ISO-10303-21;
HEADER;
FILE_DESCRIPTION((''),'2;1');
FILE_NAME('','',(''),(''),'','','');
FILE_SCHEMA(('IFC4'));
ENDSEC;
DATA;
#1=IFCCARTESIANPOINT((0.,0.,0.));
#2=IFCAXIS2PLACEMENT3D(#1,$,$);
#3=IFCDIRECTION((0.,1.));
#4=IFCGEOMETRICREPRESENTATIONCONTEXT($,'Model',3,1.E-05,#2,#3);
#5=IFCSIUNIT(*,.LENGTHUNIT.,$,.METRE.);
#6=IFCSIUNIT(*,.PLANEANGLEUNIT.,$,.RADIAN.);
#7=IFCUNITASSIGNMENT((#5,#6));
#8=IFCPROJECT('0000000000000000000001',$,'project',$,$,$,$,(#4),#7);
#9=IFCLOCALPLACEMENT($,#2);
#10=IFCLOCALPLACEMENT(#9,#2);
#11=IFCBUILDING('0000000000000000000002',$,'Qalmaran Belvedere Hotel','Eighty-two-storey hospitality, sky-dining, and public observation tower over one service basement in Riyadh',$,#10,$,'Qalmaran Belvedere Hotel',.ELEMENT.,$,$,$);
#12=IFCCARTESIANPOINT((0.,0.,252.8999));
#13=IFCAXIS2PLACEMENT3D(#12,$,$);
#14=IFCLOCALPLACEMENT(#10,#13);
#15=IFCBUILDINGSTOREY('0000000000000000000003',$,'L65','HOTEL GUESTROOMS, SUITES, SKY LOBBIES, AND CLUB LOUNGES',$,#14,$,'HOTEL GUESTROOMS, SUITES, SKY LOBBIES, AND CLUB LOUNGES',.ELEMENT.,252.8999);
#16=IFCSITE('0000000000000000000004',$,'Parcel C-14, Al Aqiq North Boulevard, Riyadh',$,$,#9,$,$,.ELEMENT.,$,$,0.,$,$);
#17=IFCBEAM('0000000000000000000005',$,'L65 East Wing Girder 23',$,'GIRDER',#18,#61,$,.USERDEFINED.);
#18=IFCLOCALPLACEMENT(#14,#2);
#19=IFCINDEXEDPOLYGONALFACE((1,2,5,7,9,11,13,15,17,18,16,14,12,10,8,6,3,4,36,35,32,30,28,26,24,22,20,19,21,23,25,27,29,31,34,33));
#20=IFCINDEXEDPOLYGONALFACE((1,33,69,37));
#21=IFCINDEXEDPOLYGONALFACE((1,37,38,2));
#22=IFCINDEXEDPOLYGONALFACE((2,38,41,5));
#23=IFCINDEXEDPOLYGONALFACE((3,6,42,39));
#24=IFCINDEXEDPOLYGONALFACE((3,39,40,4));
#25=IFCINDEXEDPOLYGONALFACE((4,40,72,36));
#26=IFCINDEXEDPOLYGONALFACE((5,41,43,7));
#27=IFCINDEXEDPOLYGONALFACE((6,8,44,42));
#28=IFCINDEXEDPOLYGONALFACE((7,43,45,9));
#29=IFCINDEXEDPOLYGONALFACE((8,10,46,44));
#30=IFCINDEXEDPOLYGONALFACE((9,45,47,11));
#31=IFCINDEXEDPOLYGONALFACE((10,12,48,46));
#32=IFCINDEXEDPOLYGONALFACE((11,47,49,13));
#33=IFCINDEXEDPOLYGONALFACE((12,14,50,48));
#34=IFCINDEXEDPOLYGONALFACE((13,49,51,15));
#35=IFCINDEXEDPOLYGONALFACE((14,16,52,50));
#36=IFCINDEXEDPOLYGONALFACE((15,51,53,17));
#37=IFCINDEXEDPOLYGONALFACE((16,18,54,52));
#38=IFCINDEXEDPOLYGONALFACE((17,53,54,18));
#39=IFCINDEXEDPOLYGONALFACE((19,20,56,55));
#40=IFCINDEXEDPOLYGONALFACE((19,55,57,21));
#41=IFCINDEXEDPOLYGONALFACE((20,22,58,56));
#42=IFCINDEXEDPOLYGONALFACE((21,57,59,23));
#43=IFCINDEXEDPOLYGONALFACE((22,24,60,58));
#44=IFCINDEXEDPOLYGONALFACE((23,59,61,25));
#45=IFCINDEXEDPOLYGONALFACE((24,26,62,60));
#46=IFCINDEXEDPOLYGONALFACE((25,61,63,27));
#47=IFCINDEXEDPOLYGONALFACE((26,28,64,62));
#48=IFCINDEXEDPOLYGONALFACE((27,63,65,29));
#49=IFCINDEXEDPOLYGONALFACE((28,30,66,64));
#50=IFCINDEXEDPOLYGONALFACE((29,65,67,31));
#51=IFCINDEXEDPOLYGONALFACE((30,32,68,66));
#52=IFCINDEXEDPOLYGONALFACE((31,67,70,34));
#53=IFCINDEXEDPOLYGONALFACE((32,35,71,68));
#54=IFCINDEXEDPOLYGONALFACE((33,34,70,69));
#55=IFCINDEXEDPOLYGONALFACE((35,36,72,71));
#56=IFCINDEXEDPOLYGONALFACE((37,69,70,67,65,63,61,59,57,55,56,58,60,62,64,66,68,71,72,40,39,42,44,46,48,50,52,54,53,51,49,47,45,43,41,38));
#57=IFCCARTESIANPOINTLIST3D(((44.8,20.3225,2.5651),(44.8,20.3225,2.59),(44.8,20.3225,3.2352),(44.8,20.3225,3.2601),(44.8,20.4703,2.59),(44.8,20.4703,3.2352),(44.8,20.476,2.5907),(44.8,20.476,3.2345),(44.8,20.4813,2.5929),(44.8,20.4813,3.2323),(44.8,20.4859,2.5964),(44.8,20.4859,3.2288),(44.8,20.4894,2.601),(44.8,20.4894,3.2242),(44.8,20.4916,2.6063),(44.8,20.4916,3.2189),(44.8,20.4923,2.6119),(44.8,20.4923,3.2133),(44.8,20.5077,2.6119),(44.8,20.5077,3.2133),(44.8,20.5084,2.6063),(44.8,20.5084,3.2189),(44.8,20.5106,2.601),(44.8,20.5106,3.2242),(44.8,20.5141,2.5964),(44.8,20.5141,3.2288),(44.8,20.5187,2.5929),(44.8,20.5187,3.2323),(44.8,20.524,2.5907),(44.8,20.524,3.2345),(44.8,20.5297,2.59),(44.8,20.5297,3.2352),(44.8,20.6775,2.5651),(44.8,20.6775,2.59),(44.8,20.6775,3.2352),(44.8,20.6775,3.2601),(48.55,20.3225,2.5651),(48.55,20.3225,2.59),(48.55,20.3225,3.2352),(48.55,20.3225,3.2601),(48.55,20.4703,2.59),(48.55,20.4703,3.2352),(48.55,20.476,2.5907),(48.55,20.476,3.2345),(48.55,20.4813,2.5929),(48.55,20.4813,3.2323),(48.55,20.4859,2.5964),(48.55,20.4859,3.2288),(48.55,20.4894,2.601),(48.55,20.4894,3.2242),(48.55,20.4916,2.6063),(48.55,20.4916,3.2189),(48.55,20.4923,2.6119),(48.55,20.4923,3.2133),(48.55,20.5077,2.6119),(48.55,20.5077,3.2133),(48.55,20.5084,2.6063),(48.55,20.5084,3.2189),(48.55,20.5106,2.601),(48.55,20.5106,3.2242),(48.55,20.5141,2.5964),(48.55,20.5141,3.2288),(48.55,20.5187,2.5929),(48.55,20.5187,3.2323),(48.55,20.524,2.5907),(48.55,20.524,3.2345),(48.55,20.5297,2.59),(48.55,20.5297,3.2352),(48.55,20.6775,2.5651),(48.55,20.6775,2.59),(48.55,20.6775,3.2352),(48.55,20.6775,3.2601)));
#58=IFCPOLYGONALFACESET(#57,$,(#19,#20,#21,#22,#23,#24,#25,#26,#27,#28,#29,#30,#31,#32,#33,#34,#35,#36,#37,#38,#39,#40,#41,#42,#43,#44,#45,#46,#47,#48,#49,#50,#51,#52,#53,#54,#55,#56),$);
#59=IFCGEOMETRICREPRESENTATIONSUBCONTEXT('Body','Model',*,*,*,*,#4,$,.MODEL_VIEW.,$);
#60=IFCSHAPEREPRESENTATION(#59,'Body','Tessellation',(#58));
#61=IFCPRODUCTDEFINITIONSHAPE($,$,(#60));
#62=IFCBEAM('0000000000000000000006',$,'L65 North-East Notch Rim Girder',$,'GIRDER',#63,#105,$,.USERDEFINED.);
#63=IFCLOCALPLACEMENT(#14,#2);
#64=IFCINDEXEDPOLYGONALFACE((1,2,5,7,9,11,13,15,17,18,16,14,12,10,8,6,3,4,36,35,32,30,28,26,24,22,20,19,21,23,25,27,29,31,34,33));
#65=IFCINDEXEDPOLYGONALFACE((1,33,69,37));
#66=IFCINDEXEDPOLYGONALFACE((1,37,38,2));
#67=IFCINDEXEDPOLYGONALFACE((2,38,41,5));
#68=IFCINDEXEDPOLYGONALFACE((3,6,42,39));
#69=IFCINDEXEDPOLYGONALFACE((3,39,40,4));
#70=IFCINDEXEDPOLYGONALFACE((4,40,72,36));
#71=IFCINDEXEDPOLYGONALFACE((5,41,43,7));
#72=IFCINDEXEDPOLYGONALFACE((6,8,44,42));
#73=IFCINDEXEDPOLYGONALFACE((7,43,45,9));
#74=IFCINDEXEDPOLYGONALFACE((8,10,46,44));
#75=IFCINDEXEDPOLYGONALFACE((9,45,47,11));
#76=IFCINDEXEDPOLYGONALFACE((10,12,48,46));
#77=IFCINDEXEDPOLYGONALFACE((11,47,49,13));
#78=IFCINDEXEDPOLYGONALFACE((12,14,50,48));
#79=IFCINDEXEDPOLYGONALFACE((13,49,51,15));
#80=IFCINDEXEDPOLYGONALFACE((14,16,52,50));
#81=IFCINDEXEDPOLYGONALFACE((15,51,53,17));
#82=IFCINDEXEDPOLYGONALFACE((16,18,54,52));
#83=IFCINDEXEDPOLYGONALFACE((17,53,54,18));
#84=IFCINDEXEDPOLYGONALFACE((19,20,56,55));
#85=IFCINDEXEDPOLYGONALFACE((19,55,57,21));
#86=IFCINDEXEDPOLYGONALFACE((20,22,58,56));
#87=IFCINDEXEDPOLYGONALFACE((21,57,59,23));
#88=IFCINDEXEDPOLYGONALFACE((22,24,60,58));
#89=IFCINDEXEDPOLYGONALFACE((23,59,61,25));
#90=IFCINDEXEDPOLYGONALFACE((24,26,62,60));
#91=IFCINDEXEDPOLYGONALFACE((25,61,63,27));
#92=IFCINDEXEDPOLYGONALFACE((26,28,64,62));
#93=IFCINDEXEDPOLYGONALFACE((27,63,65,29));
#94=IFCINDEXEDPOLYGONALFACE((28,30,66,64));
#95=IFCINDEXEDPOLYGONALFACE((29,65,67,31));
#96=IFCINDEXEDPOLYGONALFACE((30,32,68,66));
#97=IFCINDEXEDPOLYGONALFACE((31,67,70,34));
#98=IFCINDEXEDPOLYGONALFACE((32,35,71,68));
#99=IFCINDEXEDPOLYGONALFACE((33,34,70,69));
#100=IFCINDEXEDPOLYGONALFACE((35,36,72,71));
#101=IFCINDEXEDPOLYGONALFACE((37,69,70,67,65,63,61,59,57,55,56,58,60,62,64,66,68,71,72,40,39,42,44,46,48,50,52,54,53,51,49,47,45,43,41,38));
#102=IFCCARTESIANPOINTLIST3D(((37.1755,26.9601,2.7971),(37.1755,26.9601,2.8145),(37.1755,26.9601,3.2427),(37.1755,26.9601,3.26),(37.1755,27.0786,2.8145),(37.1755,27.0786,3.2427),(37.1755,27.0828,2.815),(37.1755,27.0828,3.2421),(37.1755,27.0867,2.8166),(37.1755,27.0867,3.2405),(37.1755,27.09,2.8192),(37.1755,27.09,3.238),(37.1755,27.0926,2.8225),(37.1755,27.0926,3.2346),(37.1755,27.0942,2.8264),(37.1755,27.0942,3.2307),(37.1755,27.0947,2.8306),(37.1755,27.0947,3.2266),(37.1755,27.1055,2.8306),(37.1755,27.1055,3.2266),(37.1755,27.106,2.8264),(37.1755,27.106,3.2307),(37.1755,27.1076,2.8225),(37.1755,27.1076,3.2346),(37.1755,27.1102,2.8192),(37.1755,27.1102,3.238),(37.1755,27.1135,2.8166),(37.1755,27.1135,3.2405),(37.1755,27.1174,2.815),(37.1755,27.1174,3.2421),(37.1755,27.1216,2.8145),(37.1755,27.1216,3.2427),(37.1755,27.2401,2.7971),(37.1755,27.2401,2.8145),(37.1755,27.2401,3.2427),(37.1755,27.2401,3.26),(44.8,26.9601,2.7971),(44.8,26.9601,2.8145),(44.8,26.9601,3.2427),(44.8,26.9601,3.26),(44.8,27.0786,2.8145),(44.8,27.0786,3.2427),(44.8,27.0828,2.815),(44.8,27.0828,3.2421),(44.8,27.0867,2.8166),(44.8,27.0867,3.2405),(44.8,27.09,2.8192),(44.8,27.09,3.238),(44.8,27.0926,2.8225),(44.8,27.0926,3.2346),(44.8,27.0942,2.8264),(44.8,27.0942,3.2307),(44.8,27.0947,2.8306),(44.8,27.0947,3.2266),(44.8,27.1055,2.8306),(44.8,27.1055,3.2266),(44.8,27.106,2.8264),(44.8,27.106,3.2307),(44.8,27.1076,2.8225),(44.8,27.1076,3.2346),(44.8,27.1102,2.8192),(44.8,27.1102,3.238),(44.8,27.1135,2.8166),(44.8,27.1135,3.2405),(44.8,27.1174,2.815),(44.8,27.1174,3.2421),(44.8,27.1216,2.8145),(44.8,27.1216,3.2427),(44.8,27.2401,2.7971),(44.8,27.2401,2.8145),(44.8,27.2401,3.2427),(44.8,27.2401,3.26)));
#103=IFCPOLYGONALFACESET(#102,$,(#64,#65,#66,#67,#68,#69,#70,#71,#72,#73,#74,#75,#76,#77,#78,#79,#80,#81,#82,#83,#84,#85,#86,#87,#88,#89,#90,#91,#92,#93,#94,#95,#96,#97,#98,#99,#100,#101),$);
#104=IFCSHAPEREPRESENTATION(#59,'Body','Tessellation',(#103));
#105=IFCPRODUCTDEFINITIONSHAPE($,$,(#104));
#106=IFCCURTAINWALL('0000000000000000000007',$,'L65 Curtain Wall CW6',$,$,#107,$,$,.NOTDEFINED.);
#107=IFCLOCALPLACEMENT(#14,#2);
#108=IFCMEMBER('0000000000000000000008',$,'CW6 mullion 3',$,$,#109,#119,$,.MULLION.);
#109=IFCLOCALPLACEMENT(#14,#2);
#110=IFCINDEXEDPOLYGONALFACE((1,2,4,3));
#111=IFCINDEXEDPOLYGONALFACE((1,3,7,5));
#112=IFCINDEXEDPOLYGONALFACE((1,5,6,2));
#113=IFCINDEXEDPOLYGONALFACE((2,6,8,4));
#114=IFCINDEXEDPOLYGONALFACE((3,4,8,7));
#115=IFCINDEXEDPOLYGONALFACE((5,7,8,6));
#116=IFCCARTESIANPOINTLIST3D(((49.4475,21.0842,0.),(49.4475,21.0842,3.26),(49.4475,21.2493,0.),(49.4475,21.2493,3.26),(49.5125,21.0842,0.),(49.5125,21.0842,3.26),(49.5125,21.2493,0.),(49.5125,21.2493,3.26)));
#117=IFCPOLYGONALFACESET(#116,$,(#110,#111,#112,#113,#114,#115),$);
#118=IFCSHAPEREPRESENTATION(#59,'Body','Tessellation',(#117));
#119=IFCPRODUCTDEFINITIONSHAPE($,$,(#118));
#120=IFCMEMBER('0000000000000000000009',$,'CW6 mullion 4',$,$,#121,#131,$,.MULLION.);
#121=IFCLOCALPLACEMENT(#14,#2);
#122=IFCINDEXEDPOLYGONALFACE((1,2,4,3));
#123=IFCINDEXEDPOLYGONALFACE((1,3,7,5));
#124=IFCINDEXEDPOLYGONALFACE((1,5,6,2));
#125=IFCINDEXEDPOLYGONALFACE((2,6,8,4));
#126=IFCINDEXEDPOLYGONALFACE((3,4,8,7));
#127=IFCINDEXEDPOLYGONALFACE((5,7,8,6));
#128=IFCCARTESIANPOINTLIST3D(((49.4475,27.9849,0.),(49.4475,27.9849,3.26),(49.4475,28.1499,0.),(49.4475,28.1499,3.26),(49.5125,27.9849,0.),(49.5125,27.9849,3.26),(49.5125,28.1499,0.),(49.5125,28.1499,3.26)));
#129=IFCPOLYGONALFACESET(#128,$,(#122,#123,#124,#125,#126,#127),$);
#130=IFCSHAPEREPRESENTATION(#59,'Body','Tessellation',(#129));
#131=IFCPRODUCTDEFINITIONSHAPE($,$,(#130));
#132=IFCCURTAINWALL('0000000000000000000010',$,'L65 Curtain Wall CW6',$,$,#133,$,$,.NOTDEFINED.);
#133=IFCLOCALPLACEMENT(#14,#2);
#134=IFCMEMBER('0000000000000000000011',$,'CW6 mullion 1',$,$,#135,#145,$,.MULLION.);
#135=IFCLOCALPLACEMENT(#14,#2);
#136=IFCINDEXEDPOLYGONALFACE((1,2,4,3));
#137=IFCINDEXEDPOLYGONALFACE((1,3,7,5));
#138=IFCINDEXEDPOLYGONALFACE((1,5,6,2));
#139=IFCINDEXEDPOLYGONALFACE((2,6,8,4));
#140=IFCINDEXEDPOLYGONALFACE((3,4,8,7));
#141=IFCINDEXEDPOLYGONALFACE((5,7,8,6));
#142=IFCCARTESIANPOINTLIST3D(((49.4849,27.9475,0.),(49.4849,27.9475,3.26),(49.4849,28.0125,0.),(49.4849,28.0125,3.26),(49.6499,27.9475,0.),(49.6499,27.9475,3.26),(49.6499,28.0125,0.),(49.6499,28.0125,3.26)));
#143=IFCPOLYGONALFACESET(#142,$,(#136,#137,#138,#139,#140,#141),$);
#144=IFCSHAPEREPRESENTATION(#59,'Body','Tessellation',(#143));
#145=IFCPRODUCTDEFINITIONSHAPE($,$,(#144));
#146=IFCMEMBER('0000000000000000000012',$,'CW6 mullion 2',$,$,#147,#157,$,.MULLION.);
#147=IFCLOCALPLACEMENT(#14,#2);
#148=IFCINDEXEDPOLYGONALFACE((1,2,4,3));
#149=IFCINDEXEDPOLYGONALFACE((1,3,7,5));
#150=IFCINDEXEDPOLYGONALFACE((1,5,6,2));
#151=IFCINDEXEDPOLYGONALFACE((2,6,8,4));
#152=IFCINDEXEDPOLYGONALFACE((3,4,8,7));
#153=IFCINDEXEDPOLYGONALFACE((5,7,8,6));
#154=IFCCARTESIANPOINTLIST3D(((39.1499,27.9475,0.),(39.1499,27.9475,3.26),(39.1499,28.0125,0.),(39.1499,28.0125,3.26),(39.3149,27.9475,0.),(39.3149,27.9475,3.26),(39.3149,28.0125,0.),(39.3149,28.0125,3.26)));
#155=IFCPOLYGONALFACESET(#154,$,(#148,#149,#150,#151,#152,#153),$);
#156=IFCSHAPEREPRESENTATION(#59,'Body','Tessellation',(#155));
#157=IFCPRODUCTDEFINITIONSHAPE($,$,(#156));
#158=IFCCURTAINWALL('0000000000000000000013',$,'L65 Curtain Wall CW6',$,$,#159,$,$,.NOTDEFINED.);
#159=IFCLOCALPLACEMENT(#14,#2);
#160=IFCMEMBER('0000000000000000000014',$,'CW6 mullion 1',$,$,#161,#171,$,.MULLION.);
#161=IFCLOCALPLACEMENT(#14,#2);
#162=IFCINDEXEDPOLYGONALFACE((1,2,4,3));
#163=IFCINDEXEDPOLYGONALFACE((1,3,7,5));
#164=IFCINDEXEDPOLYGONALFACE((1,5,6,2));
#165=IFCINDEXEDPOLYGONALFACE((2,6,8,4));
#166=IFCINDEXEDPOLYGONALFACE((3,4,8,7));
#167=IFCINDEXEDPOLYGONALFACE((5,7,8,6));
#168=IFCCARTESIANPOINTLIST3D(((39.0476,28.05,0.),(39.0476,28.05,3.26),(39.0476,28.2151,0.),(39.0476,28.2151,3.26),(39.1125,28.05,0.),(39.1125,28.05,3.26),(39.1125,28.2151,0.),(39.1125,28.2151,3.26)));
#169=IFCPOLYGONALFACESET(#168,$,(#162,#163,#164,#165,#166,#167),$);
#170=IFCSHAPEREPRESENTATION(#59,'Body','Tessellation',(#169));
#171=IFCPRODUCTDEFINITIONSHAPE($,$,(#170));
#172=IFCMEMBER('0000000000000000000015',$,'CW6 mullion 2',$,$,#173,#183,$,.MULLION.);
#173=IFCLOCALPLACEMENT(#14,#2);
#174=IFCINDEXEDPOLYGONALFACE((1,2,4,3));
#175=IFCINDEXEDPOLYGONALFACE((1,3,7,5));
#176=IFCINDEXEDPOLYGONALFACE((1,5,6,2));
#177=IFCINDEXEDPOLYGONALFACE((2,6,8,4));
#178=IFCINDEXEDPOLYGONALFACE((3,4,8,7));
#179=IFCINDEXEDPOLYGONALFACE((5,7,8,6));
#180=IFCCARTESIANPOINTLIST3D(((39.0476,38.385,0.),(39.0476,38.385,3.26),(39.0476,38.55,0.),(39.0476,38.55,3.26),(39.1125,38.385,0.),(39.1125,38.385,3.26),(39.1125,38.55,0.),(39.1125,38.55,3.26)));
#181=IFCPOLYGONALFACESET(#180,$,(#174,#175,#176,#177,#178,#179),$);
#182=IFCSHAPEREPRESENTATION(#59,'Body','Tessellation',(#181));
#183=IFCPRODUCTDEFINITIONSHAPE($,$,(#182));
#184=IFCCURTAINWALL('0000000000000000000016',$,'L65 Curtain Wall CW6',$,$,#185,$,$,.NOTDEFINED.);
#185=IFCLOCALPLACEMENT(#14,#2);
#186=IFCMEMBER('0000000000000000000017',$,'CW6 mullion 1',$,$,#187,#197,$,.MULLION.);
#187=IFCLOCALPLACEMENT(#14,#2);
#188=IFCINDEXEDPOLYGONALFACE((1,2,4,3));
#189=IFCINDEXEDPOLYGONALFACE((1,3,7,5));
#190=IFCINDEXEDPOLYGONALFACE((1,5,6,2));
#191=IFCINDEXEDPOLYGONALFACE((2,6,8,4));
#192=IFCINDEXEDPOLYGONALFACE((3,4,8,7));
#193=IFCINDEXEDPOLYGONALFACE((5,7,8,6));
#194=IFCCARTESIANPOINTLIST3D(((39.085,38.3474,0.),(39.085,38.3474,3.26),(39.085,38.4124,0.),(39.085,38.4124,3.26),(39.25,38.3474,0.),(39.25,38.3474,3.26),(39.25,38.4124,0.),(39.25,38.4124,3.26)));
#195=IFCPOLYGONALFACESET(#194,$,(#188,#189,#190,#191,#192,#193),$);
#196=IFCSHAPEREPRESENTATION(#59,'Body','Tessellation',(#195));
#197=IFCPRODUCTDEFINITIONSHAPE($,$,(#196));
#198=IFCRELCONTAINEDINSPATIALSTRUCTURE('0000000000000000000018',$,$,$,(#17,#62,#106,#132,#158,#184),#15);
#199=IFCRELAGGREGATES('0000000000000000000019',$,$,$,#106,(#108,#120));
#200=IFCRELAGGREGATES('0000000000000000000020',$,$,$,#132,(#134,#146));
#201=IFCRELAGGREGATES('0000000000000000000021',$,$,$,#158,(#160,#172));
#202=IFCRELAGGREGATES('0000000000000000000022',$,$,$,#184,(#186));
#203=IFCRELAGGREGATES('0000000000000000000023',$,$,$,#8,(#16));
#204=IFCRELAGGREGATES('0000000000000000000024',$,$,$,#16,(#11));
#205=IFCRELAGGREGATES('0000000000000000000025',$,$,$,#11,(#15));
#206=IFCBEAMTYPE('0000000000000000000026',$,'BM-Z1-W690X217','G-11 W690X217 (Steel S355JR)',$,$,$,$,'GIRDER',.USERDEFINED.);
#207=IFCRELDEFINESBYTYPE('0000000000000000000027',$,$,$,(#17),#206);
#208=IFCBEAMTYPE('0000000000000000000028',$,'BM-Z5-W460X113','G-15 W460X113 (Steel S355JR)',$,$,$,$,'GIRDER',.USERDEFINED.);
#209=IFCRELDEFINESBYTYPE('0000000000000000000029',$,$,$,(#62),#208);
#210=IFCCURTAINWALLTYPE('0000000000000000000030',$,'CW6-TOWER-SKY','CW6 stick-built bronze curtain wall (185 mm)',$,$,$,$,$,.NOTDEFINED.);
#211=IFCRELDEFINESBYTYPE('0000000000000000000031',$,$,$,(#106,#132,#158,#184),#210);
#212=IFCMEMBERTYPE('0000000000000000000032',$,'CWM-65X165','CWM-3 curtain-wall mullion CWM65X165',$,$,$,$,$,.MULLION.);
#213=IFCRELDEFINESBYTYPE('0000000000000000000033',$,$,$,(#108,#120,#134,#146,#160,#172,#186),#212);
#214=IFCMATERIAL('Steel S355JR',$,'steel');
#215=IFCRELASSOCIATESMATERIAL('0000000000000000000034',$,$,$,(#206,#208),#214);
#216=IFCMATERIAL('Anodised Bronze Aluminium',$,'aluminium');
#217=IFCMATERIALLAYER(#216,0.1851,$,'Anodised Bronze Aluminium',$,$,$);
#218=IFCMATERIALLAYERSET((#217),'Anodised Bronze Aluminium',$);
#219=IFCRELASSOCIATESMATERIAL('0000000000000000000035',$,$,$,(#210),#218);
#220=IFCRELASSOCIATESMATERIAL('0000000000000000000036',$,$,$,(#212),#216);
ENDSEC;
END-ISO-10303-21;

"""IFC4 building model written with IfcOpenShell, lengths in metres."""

from ifc_helpers import new_model, si_unit, direction, frame, origin, origin_2d, place, context, subcontext, project, spatial, rectangle, i_section, extrude, material, layer, layer_set, material_profile, profile_set, type_object, element, aggregate, save


model = new_model("IFC4")

# Units and contexts
model_context = context("Model", 3, precision=1e-05, world=origin(), true_north=direction((0.0, 1.0)))
body_context = subcontext(model_context, "Body", "Model", "MODEL_VIEW")
ifc_project = project(units=[si_unit("LENGTHUNIT", "METRE"), si_unit("PLANEANGLEUNIT", "RADIAN")], contexts=[model_context])

# Site, building, storey
site_placement = place(None, origin())
site = spatial("IfcSite", under=ifc_project, at=site_placement, Name="Parcel C-14, Al Aqiq North Boulevard, Riyadh", CompositionType="ELEMENT", RefElevation=0.0)
building_placement = place(site_placement, origin())
building = spatial("IfcBuilding", under=site, at=building_placement, Name="Qalmaran Belvedere Hotel", Description="Eighty-two-storey hospitality, sky-dining, and public observation tower over one service basement in Riyadh", LongName="Qalmaran Belvedere Hotel", CompositionType="ELEMENT")
storey_placement = place(building_placement, frame((0.0, 0.0, 252.8999)))
storey = spatial("IfcBuildingStorey", under=building, at=storey_placement, Name="L65", Description="HOTEL GUESTROOMS, SUITES, SKY LOBBIES, AND CLUB LOUNGES", LongName="HOTEL GUESTROOMS, SUITES, SKY LOBBIES, AND CLUB LOUNGES", CompositionType="ELEMENT", Elevation=252.8999)

# Beams
ifc_material_1 = material(Name="Steel S355JR", Category="steel")
ifc_material_profile_1 = material_profile(ifc_material_1, i_section(OverallWidth=0.355, OverallDepth=0.6951, WebThickness=0.0154, FlangeThickness=0.0249, FilletRadius=0.022, at=origin_2d()), Name="W690X217")
ifc_profile_set_1 = profile_set([ifc_material_profile_1], Name="Steel S355JR")
beam_type_1 = type_object("IfcBeamType", Name="BM-Z1-W690X217", Description="G-11 W690X217 (Steel S355JR)", ElementType="GIRDER", PredefinedType="USERDEFINED", material=ifc_profile_set_1)
beam_1_placement = place(storey_placement, frame((44.8, 20.5, 2.9126), z_axis=(1.0, 0.0, 0.0), x_axis=(0.0, 1.0, 0.0)))
element("IfcBeam", 1, at=beam_1_placement, inside=storey, type_object=beam_type_1, Name="L65 East Wing Girder 23", ObjectType="GIRDER", PredefinedType="USERDEFINED", context=body_context, shape_type="SweptSolid", body=[
    extrude(i_section(OverallWidth=0.355, OverallDepth=0.6951, WebThickness=0.0154, FlangeThickness=0.0249, FilletRadius=0.022, at=origin_2d()), origin(), (0.0, 0.0, 1.0), 3.75),
])
ifc_material_profile_2 = material_profile(ifc_material_1, i_section(OverallWidth=0.28, OverallDepth=0.4629, WebThickness=0.0107, FlangeThickness=0.0173, FilletRadius=0.0161, at=origin_2d()), Name="W460X113")
ifc_profile_set_2 = profile_set([ifc_material_profile_2], Name="Steel S355JR")
beam_type_2 = type_object("IfcBeamType", Name="BM-Z5-W460X113", Description="G-15 W460X113 (Steel S355JR)", ElementType="GIRDER", PredefinedType="USERDEFINED", material=ifc_profile_set_2)
beam_2_placement = place(storey_placement, frame((37.1755, 27.1001, 3.0286), z_axis=(1.0, 0.0, 0.0), x_axis=(0.0, 1.0, 0.0)))
element("IfcBeam", 2, at=beam_2_placement, inside=storey, type_object=beam_type_2, Name="L65 North-East Notch Rim Girder", ObjectType="GIRDER", PredefinedType="USERDEFINED", context=body_context, shape_type="SweptSolid", body=[
    extrude(i_section(OverallWidth=0.28, OverallDepth=0.4629, WebThickness=0.0107, FlangeThickness=0.0173, FilletRadius=0.0161, at=origin_2d()), origin(), (0.0, 0.0, 1.0), 7.6245),
])

# Curtain walls, members
ifc_material_2 = material(Name="Anodised Bronze Aluminium", Category="aluminium")
ifc_layer_1 = layer(ifc_material_2, 0.1851, Name="Anodised Bronze Aluminium")
ifc_layer_set_1 = layer_set([ifc_layer_1], Name="Anodised Bronze Aluminium")
curtain_wall_type = type_object("IfcCurtainWallType", Name="CW6-TOWER-SKY", Description="CW6 stick-built bronze curtain wall (185 mm)", PredefinedType="NOTDEFINED", material=ifc_layer_set_1)
curtain_wall_1_placement = place(storey_placement, origin())
curtain_wall_1 = element("IfcCurtainWall", 3, at=curtain_wall_1_placement, inside=storey, type_object=curtain_wall_type, Name="L65 Curtain Wall CW6", PredefinedType="NOTDEFINED")
ifc_material_profile_3 = material_profile(ifc_material_2, rectangle(XDim=0.0649, YDim=0.165, at=origin_2d()), Name="CWM65X165")
ifc_profile_set_3 = profile_set([ifc_material_profile_3], Name="Anodised Bronze Aluminium")
member_type_1 = type_object("IfcMemberType", Name="CWM-65X165", Description="CWM-3 curtain-wall mullion CWM65X165", PredefinedType="MULLION", material=ifc_profile_set_3)
member_1_placement = place(storey_placement, frame((49.48, 21.1667, 0.0), z_axis=(0.0, 0.0, 1.0), x_axis=(-1.0, 0.0, 0.0)))
member_1 = element("IfcMember", 4, at=member_1_placement, type_object=member_type_1, Name="CW6 mullion 3", PredefinedType="MULLION", context=body_context, shape_type="SweptSolid", body=[
    extrude(rectangle(XDim=0.0649, YDim=0.165, at=origin_2d()), origin(), (0.0, 0.0, 1.0), 3.26),
])
member_2_placement = place(storey_placement, frame((49.48, 28.0674, 0.0), z_axis=(0.0, 0.0, 1.0), x_axis=(-1.0, 0.0, 0.0)))
member_2 = element("IfcMember", 5, at=member_2_placement, type_object=member_type_1, Name="CW6 mullion 4", PredefinedType="MULLION", context=body_context, shape_type="SweptSolid", body=[
    extrude(rectangle(XDim=0.0649, YDim=0.165, at=origin_2d()), origin(), (0.0, 0.0, 1.0), 3.26),
])
curtain_wall_2_placement = place(storey_placement, origin())
curtain_wall_2 = element("IfcCurtainWall", 6, at=curtain_wall_2_placement, inside=storey, type_object=curtain_wall_type, Name="L65 Curtain Wall CW6", PredefinedType="NOTDEFINED")
member_3_placement = place(storey_placement, frame((49.5674, 27.98, 0.0), z_axis=(0.0, 0.0, 1.0), x_axis=(0.0, -1.0, 0.0)))
member_3 = element("IfcMember", 7, at=member_3_placement, type_object=member_type_1, Name="CW6 mullion 1", PredefinedType="MULLION", context=body_context, shape_type="SweptSolid", body=[
    extrude(rectangle(XDim=0.0649, YDim=0.165, at=origin_2d()), origin(), (0.0, 0.0, 1.0), 3.26),
])
member_4_placement = place(storey_placement, frame((39.2324, 27.98, 0.0), z_axis=(0.0, 0.0, 1.0), x_axis=(0.0, -1.0, 0.0)))
member_4 = element("IfcMember", 8, at=member_4_placement, type_object=member_type_1, Name="CW6 mullion 2", PredefinedType="MULLION", context=body_context, shape_type="SweptSolid", body=[
    extrude(rectangle(XDim=0.0649, YDim=0.165, at=origin_2d()), origin(), (0.0, 0.0, 1.0), 3.26),
])
curtain_wall_3_placement = place(storey_placement, origin())
curtain_wall_3 = element("IfcCurtainWall", 9, at=curtain_wall_3_placement, inside=storey, type_object=curtain_wall_type, Name="L65 Curtain Wall CW6", PredefinedType="NOTDEFINED")
member_5_placement = place(storey_placement, frame((39.0801, 28.1326, 0.0), z_axis=(0.0, 0.0, 1.0), x_axis=(-1.0, 0.0, 0.0)))
member_5 = element("IfcMember", 10, at=member_5_placement, type_object=member_type_1, Name="CW6 mullion 1", PredefinedType="MULLION", context=body_context, shape_type="SweptSolid", body=[
    extrude(rectangle(XDim=0.0649, YDim=0.165, at=origin_2d()), origin(), (0.0, 0.0, 1.0), 3.26),
])
member_6_placement = place(storey_placement, frame((39.0801, 38.4675, 0.0), z_axis=(0.0, 0.0, 1.0), x_axis=(-1.0, 0.0, 0.0)))
member_6 = element("IfcMember", 11, at=member_6_placement, type_object=member_type_1, Name="CW6 mullion 2", PredefinedType="MULLION", context=body_context, shape_type="SweptSolid", body=[
    extrude(rectangle(XDim=0.0649, YDim=0.165, at=origin_2d()), origin(), (0.0, 0.0, 1.0), 3.26),
])

# Curtain wall, member
curtain_wall_4_placement = place(storey_placement, origin())
curtain_wall_4 = element("IfcCurtainWall", 12, at=curtain_wall_4_placement, inside=storey, type_object=curtain_wall_type, Name="L65 Curtain Wall CW6", PredefinedType="NOTDEFINED")
member_7_placement = place(storey_placement, frame((39.1675, 38.3799, 0.0), z_axis=(0.0, 0.0, 1.0), x_axis=(0.0, -1.0, 0.0)))
member_7 = element("IfcMember", 13, at=member_7_placement, type_object=member_type_1, Name="CW6 mullion 1", PredefinedType="MULLION", context=body_context, shape_type="SweptSolid", body=[
    extrude(rectangle(XDim=0.0649, YDim=0.165, at=origin_2d()), origin(), (0.0, 0.0, 1.0), 3.26),
])

aggregate(curtain_wall_1, [member_1, member_2])
aggregate(curtain_wall_2, [member_3, member_4])
aggregate(curtain_wall_3, [member_5, member_6])
aggregate(curtain_wall_4, [member_7])

save(model, "model.ifc")
